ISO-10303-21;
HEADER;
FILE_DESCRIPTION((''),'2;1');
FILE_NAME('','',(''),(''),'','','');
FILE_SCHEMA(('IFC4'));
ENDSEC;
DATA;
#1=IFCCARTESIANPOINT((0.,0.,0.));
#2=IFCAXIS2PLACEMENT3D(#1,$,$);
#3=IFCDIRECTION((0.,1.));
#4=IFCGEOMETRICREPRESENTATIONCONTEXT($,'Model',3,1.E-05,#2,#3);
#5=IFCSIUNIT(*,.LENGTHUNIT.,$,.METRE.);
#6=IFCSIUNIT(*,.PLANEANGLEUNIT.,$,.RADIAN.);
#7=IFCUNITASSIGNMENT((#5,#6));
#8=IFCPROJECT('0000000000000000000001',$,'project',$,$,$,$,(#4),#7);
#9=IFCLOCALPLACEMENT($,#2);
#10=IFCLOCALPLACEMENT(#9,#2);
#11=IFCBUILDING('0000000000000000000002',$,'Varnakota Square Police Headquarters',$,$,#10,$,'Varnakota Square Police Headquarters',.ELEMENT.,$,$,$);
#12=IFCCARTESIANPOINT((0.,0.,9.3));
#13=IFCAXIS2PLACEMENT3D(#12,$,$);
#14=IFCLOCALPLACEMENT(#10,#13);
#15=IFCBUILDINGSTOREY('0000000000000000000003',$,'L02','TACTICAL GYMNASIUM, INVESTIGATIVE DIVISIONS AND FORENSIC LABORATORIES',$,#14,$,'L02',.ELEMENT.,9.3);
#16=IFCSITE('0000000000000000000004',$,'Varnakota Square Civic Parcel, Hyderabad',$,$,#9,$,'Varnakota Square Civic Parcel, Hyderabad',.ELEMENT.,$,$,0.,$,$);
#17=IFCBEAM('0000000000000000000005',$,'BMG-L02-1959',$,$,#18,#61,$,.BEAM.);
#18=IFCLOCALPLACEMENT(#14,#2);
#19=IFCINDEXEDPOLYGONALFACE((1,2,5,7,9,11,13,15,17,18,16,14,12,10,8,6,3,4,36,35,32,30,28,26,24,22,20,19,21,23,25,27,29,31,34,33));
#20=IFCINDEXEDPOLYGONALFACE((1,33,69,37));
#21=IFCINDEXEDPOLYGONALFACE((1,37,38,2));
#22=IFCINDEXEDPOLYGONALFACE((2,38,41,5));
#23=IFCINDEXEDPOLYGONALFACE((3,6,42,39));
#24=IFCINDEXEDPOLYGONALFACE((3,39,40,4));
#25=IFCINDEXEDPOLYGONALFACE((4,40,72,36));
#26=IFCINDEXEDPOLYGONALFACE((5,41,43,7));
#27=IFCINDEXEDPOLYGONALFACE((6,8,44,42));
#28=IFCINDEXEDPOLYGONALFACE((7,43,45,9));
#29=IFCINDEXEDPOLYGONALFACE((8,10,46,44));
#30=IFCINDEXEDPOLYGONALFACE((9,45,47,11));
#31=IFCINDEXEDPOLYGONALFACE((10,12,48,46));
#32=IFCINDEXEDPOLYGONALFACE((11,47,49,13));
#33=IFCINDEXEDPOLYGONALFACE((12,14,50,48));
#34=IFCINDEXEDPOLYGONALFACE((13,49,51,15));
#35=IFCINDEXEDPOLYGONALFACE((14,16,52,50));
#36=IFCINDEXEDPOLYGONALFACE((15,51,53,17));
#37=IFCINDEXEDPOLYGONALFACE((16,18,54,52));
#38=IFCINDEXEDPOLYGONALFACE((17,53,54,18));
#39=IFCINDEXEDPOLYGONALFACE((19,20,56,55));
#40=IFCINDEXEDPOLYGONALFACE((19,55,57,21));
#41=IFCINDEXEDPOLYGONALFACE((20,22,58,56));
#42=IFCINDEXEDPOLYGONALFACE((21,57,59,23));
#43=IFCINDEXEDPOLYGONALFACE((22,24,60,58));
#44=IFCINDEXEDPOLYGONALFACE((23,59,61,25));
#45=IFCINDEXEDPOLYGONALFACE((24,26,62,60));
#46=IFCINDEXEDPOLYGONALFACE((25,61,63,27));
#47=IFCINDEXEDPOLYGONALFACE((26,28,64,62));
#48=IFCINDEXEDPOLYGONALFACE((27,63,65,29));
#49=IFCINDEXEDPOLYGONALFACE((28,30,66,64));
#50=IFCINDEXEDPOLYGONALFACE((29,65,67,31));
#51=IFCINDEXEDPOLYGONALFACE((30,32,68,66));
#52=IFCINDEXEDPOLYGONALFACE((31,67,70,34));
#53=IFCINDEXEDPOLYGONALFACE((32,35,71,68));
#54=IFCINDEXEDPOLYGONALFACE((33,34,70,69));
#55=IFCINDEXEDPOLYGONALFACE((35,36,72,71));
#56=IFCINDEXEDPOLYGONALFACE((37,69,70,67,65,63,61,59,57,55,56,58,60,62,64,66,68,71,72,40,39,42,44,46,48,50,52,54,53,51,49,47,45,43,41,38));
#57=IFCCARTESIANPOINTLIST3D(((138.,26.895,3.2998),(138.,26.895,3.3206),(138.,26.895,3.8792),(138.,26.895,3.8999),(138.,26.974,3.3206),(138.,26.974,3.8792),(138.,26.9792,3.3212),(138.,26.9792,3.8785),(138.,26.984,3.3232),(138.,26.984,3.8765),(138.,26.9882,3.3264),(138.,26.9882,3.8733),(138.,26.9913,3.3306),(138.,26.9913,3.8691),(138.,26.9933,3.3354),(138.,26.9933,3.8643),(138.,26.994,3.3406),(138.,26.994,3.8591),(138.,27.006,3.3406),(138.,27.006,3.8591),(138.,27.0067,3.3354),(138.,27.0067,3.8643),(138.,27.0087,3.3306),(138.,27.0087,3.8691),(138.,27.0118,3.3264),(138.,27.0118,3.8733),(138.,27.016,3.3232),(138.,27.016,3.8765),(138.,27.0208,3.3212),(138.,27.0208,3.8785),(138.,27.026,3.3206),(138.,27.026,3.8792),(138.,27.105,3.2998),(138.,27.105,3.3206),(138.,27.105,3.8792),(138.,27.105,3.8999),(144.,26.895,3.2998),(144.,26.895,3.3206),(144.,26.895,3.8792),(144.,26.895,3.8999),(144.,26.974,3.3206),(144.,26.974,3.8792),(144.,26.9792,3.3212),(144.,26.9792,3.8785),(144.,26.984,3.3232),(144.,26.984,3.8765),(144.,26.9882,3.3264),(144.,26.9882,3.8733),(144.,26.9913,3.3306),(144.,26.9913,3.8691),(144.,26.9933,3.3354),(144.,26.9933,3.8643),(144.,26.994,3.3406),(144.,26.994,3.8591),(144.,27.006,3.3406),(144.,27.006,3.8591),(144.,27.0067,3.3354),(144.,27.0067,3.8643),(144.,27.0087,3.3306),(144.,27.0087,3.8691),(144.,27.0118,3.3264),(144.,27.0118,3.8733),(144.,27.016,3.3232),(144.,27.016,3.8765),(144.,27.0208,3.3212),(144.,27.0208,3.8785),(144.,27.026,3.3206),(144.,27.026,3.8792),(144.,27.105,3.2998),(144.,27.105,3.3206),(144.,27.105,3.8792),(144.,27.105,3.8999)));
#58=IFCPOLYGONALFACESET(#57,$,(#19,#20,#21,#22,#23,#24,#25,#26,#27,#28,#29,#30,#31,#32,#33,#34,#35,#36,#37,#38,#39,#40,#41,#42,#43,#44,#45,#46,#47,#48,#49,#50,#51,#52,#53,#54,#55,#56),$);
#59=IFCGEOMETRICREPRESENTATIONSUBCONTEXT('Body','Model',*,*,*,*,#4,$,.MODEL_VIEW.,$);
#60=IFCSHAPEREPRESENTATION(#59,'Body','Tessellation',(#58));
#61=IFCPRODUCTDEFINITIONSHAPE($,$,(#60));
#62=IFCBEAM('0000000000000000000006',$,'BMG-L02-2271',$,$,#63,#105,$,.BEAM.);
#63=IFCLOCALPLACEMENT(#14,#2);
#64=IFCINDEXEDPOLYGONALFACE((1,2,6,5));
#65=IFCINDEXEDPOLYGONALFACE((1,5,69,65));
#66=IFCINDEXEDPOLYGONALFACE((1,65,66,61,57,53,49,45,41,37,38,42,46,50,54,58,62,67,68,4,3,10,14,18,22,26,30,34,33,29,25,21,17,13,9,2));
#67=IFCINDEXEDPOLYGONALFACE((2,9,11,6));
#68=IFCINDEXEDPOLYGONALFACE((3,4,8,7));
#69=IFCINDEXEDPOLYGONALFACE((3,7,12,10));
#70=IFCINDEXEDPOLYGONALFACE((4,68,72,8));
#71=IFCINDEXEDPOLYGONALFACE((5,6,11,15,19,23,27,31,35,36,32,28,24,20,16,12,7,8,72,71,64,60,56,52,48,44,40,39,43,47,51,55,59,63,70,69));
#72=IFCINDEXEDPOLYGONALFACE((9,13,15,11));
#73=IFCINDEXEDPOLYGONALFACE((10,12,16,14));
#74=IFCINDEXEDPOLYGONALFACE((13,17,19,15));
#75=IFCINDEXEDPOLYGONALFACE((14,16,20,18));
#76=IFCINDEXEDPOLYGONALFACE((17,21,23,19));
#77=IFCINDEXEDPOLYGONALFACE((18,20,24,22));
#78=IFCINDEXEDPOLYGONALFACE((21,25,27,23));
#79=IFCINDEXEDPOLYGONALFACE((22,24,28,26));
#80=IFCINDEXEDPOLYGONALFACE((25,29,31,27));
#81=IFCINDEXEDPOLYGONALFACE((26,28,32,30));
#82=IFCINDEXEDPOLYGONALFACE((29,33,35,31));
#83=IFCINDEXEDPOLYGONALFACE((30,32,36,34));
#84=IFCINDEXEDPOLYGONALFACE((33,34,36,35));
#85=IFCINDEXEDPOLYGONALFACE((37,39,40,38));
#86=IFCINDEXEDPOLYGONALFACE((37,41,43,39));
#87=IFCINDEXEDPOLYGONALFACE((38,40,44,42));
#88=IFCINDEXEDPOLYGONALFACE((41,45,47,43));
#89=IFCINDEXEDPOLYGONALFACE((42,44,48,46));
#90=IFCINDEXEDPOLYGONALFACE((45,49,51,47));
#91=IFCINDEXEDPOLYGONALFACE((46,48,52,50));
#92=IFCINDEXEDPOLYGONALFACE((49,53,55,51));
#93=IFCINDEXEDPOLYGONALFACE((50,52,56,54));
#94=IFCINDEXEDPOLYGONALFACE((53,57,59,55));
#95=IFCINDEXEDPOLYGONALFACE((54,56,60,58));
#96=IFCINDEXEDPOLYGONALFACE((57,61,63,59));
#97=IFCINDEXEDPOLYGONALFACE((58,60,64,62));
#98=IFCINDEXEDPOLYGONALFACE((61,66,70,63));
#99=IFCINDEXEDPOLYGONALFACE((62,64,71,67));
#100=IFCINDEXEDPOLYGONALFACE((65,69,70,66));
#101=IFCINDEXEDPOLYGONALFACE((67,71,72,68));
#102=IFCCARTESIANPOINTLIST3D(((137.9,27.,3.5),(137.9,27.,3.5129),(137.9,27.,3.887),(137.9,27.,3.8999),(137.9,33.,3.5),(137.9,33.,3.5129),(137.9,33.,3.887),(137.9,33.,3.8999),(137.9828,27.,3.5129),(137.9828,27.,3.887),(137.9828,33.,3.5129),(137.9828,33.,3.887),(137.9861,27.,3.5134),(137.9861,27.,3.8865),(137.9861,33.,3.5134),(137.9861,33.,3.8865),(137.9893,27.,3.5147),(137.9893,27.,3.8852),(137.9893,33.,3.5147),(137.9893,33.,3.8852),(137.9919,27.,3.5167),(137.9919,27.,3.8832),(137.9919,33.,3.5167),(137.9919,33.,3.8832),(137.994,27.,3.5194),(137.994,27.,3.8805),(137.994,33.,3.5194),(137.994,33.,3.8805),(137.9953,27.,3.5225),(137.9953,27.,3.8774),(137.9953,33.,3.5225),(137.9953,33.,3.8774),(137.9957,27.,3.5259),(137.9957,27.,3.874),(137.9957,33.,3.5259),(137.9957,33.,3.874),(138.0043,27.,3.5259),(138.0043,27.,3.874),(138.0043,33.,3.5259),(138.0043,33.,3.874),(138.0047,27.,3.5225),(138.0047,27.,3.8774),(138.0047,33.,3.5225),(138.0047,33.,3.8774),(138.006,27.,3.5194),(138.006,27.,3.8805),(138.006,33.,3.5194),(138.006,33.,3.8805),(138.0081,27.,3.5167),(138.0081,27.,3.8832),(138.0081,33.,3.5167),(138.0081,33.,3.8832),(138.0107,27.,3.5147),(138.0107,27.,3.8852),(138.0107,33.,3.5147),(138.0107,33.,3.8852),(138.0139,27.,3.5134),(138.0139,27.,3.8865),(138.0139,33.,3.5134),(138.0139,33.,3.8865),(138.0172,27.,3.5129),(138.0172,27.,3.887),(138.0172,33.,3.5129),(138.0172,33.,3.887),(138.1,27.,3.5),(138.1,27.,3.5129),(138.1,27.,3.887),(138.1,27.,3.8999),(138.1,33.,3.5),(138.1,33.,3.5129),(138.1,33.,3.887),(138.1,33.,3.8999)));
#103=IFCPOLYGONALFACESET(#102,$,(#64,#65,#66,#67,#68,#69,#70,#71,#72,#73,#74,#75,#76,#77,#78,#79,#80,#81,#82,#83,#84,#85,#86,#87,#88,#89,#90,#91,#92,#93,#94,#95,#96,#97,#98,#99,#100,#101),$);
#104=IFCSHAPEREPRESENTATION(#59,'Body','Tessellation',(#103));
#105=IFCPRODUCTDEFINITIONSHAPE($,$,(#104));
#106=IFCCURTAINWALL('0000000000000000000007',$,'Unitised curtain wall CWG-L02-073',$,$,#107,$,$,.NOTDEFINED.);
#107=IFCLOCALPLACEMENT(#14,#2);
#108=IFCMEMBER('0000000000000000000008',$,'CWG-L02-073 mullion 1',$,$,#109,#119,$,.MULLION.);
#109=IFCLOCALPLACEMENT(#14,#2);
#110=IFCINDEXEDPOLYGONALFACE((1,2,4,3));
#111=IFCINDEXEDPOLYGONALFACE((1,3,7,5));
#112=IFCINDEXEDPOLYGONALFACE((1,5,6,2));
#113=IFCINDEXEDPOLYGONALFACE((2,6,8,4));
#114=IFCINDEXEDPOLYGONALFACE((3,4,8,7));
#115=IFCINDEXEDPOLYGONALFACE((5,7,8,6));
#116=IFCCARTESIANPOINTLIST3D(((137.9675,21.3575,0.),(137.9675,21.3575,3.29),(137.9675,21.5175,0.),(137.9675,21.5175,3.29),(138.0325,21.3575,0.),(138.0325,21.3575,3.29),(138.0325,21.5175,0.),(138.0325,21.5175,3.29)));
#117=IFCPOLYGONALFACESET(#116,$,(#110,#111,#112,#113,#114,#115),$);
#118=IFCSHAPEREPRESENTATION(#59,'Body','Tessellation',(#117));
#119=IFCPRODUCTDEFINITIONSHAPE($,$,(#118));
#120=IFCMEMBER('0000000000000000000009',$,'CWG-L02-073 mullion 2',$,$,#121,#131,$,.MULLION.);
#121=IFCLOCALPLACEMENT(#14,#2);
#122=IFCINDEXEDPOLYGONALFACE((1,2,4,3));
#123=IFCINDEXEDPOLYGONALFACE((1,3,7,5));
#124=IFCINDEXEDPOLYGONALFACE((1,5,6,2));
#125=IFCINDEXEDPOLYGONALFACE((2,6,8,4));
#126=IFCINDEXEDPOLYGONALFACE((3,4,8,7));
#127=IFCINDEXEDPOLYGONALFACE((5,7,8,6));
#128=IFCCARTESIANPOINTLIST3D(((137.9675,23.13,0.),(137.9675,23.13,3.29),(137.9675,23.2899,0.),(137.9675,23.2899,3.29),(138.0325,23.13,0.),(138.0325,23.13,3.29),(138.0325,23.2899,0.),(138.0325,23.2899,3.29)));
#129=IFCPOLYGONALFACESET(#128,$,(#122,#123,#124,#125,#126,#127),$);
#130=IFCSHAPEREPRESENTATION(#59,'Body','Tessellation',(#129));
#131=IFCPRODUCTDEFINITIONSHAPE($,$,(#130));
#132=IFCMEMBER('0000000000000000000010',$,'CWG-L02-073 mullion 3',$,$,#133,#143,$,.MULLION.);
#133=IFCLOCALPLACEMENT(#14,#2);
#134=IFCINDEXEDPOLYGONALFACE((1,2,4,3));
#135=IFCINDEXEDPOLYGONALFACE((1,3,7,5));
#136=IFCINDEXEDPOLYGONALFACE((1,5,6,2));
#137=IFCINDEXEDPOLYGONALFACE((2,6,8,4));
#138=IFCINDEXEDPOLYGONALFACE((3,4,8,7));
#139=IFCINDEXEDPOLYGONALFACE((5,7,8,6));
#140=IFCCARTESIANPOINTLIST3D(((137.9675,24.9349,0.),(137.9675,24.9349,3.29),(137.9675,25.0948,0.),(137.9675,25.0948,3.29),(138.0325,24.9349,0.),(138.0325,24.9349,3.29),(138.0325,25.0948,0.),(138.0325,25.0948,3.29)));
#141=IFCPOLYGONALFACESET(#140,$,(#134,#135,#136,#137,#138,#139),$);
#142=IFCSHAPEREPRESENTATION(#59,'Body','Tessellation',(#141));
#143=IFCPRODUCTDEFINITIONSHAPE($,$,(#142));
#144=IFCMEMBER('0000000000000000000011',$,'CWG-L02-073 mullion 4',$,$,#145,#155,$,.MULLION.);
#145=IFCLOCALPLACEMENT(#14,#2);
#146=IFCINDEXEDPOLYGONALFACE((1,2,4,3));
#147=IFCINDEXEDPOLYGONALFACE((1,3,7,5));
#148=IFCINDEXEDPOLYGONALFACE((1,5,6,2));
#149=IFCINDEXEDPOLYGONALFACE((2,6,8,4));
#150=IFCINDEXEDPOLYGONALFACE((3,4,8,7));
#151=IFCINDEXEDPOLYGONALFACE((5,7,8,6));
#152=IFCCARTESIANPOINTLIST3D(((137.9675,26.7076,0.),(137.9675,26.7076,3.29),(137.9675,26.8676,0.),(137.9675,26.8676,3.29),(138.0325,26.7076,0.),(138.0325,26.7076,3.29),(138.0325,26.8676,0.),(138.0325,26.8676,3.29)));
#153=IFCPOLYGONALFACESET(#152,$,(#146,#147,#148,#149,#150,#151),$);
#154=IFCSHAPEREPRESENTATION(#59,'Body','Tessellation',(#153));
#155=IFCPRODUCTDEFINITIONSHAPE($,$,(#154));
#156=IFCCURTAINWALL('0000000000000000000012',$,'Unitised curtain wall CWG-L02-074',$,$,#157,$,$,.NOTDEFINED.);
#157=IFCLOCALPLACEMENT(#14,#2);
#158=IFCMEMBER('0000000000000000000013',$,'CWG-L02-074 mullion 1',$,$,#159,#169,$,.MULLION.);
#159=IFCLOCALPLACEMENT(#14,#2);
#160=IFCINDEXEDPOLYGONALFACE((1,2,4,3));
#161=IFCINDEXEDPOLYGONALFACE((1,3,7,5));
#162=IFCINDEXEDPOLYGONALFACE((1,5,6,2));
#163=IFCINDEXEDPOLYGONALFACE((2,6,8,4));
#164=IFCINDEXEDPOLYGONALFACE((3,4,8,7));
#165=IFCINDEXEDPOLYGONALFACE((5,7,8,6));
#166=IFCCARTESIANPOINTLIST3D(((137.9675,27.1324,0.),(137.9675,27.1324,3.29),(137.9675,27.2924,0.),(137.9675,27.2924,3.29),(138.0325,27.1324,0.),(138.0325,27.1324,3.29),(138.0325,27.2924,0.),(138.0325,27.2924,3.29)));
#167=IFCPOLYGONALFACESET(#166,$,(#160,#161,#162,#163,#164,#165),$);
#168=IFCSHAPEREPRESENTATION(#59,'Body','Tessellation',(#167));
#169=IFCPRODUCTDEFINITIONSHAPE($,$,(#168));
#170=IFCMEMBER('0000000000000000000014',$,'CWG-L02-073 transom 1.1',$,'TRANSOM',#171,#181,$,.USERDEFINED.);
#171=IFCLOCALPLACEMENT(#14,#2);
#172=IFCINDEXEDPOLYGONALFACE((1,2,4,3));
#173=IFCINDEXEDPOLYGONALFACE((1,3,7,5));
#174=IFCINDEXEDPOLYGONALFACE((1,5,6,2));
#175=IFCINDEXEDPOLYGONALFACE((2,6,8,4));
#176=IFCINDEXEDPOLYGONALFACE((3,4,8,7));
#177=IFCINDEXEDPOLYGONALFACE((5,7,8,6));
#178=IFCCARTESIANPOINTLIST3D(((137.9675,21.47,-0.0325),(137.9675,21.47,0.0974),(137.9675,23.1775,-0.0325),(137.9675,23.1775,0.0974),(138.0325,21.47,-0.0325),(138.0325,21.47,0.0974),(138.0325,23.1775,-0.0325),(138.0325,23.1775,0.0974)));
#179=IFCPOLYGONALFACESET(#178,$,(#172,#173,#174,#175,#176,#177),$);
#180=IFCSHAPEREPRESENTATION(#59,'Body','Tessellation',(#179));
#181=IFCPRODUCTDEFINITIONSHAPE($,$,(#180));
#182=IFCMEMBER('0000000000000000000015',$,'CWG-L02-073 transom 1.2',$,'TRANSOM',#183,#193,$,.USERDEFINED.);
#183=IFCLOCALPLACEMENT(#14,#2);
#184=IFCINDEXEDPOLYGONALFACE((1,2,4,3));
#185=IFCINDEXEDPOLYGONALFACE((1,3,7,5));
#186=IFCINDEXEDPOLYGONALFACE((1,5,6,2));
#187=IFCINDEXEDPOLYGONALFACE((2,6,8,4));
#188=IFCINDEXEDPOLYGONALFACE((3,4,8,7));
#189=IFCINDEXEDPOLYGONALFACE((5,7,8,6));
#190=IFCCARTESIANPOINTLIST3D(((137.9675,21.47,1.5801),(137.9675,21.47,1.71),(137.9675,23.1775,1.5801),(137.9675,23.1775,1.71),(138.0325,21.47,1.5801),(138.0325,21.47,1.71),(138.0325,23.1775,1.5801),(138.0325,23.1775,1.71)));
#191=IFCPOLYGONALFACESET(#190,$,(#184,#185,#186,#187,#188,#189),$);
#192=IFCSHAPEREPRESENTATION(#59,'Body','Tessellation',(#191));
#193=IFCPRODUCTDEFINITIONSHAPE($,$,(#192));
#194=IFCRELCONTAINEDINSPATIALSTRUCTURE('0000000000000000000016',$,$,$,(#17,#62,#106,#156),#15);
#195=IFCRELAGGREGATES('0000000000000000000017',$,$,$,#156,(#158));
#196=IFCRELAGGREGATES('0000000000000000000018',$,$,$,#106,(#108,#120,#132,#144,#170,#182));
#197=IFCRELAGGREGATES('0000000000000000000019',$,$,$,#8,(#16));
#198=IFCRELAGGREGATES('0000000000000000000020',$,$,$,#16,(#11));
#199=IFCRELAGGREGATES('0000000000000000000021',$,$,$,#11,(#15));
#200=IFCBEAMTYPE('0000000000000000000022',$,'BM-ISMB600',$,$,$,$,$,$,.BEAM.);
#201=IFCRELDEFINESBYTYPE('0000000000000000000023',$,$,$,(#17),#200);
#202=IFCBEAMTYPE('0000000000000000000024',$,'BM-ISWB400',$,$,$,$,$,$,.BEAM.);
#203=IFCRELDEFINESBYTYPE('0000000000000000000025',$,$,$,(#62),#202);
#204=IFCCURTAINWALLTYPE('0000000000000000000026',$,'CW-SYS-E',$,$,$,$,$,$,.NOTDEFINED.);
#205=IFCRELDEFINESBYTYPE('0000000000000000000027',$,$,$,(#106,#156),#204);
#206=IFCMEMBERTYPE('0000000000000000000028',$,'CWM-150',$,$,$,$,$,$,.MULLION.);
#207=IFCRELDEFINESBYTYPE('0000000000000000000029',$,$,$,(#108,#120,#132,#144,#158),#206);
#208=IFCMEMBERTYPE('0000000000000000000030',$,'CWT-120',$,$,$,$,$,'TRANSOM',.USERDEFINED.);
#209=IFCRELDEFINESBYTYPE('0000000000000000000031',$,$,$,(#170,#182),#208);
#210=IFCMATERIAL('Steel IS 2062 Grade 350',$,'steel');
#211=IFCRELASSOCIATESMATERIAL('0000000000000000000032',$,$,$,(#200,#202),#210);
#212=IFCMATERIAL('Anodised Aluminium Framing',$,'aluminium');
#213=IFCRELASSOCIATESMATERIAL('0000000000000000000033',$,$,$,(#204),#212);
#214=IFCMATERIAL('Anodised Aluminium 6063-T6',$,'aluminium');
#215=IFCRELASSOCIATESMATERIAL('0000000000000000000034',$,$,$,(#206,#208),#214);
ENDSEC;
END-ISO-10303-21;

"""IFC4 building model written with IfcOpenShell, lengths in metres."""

from ifc_helpers import new_model, si_unit, direction, frame, origin, origin_2d, place, context, subcontext, project, spatial, rectangle, i_section, extrude, material, material_profile, profile_set, type_object, element, aggregate, save


model = new_model("IFC4")

# Units and contexts
model_context = context("Model", 3, precision=1e-05, world=origin(), true_north=direction((0.0, 1.0)))
body_context = subcontext(model_context, "Body", "Model", "MODEL_VIEW")
ifc_project = project(units=[si_unit("LENGTHUNIT", "METRE"), si_unit("PLANEANGLEUNIT", "RADIAN")], contexts=[model_context])

# Site, building, storey
site_placement = place(None, origin())
site = spatial("IfcSite", under=ifc_project, at=site_placement, Name="Varnakota Square Civic Parcel, Hyderabad", LongName="Varnakota Square Civic Parcel, Hyderabad", CompositionType="ELEMENT", RefElevation=0.0)
building_placement = place(site_placement, origin())
building = spatial("IfcBuilding", under=site, at=building_placement, Name="Varnakota Square Police Headquarters", LongName="Varnakota Square Police Headquarters", CompositionType="ELEMENT")
storey_placement = place(building_placement, frame((0.0, 0.0, 9.3)))
storey = spatial("IfcBuildingStorey", under=building, at=storey_placement, Name="L02", Description="TACTICAL GYMNASIUM, INVESTIGATIVE DIVISIONS AND FORENSIC LABORATORIES", LongName="L02", CompositionType="ELEMENT", Elevation=9.3)

# Shared definitions
ifc_material_1 = material(Name="Steel IS 2062 Grade 350", Category="steel")

# Beams
ifc_material_profile_1 = material_profile(ifc_material_1, i_section(OverallWidth=0.21, OverallDepth=0.6001, WebThickness=0.012, FlangeThickness=0.0208, FilletRadius=0.02, at=origin_2d()), Name="ISMB 600")
ifc_profile_set_1 = profile_set([ifc_material_profile_1], Name="Steel IS 2062 Grade 350")
beam_type_1 = type_object("IfcBeamType", Name="BM-ISMB600", PredefinedType="BEAM", material=ifc_profile_set_1)
for number, where, z_axis, x_axis, name in (
    (1, (138.0, 27.0, 3.5999), (1.0, 0.0, 0.0), (0.0, 1.0, 0.0), "BMG-L02-1959"),
):
    element("IfcBeam", number, at=place(storey_placement, frame(where, z_axis=z_axis, x_axis=x_axis)), inside=storey, type_object=beam_type_1, Name=name, PredefinedType="BEAM", context=body_context, shape_type="SweptSolid", body=[
        extrude(i_section(OverallWidth=0.21, OverallDepth=0.6001, WebThickness=0.012, FlangeThickness=0.0208, FilletRadius=0.02, at=origin_2d()), origin(), (0.0, 0.0, 1.0), 6.0),
    ])
ifc_material_profile_2 = material_profile(ifc_material_1, i_section(OverallWidth=0.2, OverallDepth=0.3999, WebThickness=0.0085, FlangeThickness=0.0129, FilletRadius=0.0129, at=origin_2d()), Name="ISWB 400")
ifc_profile_set_2 = profile_set([ifc_material_profile_2], Name="Steel IS 2062 Grade 350")
beam_type_2 = type_object("IfcBeamType", Name="BM-ISWB400", PredefinedType="BEAM", material=ifc_profile_set_2)
beam_1_placement = place(storey_placement, frame((138.0, 27.0, 3.7), z_axis=(0.0, 1.0, 0.0), x_axis=(-1.0, 0.0, 0.0)))
element("IfcBeam", 2, at=beam_1_placement, inside=storey, type_object=beam_type_2, Name="BMG-L02-2271", PredefinedType="BEAM", context=body_context, shape_type="SweptSolid", body=[
    extrude(i_section(OverallWidth=0.2, OverallDepth=0.3999, WebThickness=0.0085, FlangeThickness=0.0129, FilletRadius=0.0129, at=origin_2d()), origin(), (0.0, 0.0, 1.0), 6.0),
])

# Curtain wall, members
ifc_material_2 = material(Name="Anodised Aluminium Framing", Category="aluminium")
curtain_wall_type = type_object("IfcCurtainWallType", Name="CW-SYS-E", PredefinedType="NOTDEFINED", material=ifc_material_2)
curtain_wall_1_placement = place(storey_placement, origin())
curtain_wall_1 = element("IfcCurtainWall", 3, at=curtain_wall_1_placement, inside=storey, type_object=curtain_wall_type, Name="Unitised curtain wall CWG-L02-073", PredefinedType="NOTDEFINED")
ifc_material_3 = material(Name="Anodised Aluminium 6063-T6", Category="aluminium")
ifc_material_profile_3 = material_profile(ifc_material_3, rectangle(XDim=0.0649, YDim=0.1599, at=origin_2d()), Name="ALU MULLION 65x160")
ifc_profile_set_3 = profile_set([ifc_material_profile_3], Name="Anodised Aluminium 6063-T6")
member_type_1 = type_object("IfcMemberType", Name="CWM-150", PredefinedType="MULLION", material=ifc_profile_set_3)
member_1_placement = place(storey_placement, frame((138.0, 21.4375, 0.0), z_axis=(0.0, 0.0, 1.0), x_axis=(-1.0, 0.0, 0.0)))
member_1 = element("IfcMember", 4, at=member_1_placement, type_object=member_type_1, Name="CWG-L02-073 mullion 1", PredefinedType="MULLION", context=body_context, shape_type="SweptSolid", body=[
    extrude(rectangle(XDim=0.0649, YDim=0.1599, at=origin_2d()), origin(), (0.0, 0.0, 1.0), 3.29),
])
member_2_placement = place(storey_placement, frame((138.0, 23.21, 0.0), z_axis=(0.0, 0.0, 1.0), x_axis=(-1.0, 0.0, 0.0)))
member_2 = element("IfcMember", 5, at=member_2_placement, type_object=member_type_1, Name="CWG-L02-073 mullion 2", PredefinedType="MULLION", context=body_context, shape_type="SweptSolid", body=[
    extrude(rectangle(XDim=0.0649, YDim=0.1599, at=origin_2d()), origin(), (0.0, 0.0, 1.0), 3.29),
])
member_3_placement = place(storey_placement, frame((138.0, 25.0149, 0.0), z_axis=(0.0, 0.0, 1.0), x_axis=(-1.0, 0.0, 0.0)))
member_3 = element("IfcMember", 6, at=member_3_placement, type_object=member_type_1, Name="CWG-L02-073 mullion 3", PredefinedType="MULLION", context=body_context, shape_type="SweptSolid", body=[
    extrude(rectangle(XDim=0.0649, YDim=0.1599, at=origin_2d()), origin(), (0.0, 0.0, 1.0), 3.29),
])
member_4_placement = place(storey_placement, frame((138.0, 26.7876, 0.0), z_axis=(0.0, 0.0, 1.0), x_axis=(-1.0, 0.0, 0.0)))
member_4 = element("IfcMember", 7, at=member_4_placement, type_object=member_type_1, Name="CWG-L02-073 mullion 4", PredefinedType="MULLION", context=body_context, shape_type="SweptSolid", body=[
    extrude(rectangle(XDim=0.0649, YDim=0.1599, at=origin_2d()), origin(), (0.0, 0.0, 1.0), 3.29),
])

# Curtain wall, member
curtain_wall_2_placement = place(storey_placement, origin())
curtain_wall_2 = element("IfcCurtainWall", 8, at=curtain_wall_2_placement, inside=storey, type_object=curtain_wall_type, Name="Unitised curtain wall CWG-L02-074", PredefinedType="NOTDEFINED")
member_5_placement = place(storey_placement, frame((138.0, 27.2124, 0.0), z_axis=(0.0, 0.0, 1.0), x_axis=(-1.0, 0.0, 0.0)))
member_5 = element("IfcMember", 9, at=member_5_placement, type_object=member_type_1, Name="CWG-L02-074 mullion 1", PredefinedType="MULLION", context=body_context, shape_type="SweptSolid", body=[
    extrude(rectangle(XDim=0.0649, YDim=0.1599, at=origin_2d()), origin(), (0.0, 0.0, 1.0), 3.29),
])

# Members
ifc_material_profile_4 = material_profile(ifc_material_3, rectangle(XDim=0.0649, YDim=0.1299, at=origin_2d()), Name="ALU TRANSOM 65x130")
ifc_profile_set_4 = profile_set([ifc_material_profile_4], Name="Anodised Aluminium 6063-T6")
member_type_2 = type_object("IfcMemberType", Name="CWT-120", ElementType="TRANSOM", PredefinedType="USERDEFINED", material=ifc_profile_set_4)
member_6_placement = place(storey_placement, frame((138.0, 21.47, 0.0325), z_axis=(0.0, 1.0, 0.0), x_axis=(-1.0, 0.0, 0.0)))
member_6 = element("IfcMember", 10, at=member_6_placement, type_object=member_type_2, Name="CWG-L02-073 transom 1.1", ObjectType="TRANSOM", PredefinedType="USERDEFINED", context=body_context, shape_type="SweptSolid", body=[
    extrude(rectangle(XDim=0.0649, YDim=0.1299, at=origin_2d()), origin(), (0.0, 0.0, 1.0), 1.7075),
])
member_7_placement = place(storey_placement, frame((138.0, 21.47, 1.645), z_axis=(0.0, 1.0, 0.0), x_axis=(-1.0, 0.0, 0.0)))
member_7 = element("IfcMember", 11, at=member_7_placement, type_object=member_type_2, Name="CWG-L02-073 transom 1.2", ObjectType="TRANSOM", PredefinedType="USERDEFINED", context=body_context, shape_type="SweptSolid", body=[
    extrude(rectangle(XDim=0.0649, YDim=0.1299, at=origin_2d()), origin(), (0.0, 0.0, 1.0), 1.7075),
])
aggregate(curtain_wall_2, [member_5])

aggregate(curtain_wall_1, [member_1, member_2, member_3, member_4, member_6, member_7])

save(model, "model.ifc")
